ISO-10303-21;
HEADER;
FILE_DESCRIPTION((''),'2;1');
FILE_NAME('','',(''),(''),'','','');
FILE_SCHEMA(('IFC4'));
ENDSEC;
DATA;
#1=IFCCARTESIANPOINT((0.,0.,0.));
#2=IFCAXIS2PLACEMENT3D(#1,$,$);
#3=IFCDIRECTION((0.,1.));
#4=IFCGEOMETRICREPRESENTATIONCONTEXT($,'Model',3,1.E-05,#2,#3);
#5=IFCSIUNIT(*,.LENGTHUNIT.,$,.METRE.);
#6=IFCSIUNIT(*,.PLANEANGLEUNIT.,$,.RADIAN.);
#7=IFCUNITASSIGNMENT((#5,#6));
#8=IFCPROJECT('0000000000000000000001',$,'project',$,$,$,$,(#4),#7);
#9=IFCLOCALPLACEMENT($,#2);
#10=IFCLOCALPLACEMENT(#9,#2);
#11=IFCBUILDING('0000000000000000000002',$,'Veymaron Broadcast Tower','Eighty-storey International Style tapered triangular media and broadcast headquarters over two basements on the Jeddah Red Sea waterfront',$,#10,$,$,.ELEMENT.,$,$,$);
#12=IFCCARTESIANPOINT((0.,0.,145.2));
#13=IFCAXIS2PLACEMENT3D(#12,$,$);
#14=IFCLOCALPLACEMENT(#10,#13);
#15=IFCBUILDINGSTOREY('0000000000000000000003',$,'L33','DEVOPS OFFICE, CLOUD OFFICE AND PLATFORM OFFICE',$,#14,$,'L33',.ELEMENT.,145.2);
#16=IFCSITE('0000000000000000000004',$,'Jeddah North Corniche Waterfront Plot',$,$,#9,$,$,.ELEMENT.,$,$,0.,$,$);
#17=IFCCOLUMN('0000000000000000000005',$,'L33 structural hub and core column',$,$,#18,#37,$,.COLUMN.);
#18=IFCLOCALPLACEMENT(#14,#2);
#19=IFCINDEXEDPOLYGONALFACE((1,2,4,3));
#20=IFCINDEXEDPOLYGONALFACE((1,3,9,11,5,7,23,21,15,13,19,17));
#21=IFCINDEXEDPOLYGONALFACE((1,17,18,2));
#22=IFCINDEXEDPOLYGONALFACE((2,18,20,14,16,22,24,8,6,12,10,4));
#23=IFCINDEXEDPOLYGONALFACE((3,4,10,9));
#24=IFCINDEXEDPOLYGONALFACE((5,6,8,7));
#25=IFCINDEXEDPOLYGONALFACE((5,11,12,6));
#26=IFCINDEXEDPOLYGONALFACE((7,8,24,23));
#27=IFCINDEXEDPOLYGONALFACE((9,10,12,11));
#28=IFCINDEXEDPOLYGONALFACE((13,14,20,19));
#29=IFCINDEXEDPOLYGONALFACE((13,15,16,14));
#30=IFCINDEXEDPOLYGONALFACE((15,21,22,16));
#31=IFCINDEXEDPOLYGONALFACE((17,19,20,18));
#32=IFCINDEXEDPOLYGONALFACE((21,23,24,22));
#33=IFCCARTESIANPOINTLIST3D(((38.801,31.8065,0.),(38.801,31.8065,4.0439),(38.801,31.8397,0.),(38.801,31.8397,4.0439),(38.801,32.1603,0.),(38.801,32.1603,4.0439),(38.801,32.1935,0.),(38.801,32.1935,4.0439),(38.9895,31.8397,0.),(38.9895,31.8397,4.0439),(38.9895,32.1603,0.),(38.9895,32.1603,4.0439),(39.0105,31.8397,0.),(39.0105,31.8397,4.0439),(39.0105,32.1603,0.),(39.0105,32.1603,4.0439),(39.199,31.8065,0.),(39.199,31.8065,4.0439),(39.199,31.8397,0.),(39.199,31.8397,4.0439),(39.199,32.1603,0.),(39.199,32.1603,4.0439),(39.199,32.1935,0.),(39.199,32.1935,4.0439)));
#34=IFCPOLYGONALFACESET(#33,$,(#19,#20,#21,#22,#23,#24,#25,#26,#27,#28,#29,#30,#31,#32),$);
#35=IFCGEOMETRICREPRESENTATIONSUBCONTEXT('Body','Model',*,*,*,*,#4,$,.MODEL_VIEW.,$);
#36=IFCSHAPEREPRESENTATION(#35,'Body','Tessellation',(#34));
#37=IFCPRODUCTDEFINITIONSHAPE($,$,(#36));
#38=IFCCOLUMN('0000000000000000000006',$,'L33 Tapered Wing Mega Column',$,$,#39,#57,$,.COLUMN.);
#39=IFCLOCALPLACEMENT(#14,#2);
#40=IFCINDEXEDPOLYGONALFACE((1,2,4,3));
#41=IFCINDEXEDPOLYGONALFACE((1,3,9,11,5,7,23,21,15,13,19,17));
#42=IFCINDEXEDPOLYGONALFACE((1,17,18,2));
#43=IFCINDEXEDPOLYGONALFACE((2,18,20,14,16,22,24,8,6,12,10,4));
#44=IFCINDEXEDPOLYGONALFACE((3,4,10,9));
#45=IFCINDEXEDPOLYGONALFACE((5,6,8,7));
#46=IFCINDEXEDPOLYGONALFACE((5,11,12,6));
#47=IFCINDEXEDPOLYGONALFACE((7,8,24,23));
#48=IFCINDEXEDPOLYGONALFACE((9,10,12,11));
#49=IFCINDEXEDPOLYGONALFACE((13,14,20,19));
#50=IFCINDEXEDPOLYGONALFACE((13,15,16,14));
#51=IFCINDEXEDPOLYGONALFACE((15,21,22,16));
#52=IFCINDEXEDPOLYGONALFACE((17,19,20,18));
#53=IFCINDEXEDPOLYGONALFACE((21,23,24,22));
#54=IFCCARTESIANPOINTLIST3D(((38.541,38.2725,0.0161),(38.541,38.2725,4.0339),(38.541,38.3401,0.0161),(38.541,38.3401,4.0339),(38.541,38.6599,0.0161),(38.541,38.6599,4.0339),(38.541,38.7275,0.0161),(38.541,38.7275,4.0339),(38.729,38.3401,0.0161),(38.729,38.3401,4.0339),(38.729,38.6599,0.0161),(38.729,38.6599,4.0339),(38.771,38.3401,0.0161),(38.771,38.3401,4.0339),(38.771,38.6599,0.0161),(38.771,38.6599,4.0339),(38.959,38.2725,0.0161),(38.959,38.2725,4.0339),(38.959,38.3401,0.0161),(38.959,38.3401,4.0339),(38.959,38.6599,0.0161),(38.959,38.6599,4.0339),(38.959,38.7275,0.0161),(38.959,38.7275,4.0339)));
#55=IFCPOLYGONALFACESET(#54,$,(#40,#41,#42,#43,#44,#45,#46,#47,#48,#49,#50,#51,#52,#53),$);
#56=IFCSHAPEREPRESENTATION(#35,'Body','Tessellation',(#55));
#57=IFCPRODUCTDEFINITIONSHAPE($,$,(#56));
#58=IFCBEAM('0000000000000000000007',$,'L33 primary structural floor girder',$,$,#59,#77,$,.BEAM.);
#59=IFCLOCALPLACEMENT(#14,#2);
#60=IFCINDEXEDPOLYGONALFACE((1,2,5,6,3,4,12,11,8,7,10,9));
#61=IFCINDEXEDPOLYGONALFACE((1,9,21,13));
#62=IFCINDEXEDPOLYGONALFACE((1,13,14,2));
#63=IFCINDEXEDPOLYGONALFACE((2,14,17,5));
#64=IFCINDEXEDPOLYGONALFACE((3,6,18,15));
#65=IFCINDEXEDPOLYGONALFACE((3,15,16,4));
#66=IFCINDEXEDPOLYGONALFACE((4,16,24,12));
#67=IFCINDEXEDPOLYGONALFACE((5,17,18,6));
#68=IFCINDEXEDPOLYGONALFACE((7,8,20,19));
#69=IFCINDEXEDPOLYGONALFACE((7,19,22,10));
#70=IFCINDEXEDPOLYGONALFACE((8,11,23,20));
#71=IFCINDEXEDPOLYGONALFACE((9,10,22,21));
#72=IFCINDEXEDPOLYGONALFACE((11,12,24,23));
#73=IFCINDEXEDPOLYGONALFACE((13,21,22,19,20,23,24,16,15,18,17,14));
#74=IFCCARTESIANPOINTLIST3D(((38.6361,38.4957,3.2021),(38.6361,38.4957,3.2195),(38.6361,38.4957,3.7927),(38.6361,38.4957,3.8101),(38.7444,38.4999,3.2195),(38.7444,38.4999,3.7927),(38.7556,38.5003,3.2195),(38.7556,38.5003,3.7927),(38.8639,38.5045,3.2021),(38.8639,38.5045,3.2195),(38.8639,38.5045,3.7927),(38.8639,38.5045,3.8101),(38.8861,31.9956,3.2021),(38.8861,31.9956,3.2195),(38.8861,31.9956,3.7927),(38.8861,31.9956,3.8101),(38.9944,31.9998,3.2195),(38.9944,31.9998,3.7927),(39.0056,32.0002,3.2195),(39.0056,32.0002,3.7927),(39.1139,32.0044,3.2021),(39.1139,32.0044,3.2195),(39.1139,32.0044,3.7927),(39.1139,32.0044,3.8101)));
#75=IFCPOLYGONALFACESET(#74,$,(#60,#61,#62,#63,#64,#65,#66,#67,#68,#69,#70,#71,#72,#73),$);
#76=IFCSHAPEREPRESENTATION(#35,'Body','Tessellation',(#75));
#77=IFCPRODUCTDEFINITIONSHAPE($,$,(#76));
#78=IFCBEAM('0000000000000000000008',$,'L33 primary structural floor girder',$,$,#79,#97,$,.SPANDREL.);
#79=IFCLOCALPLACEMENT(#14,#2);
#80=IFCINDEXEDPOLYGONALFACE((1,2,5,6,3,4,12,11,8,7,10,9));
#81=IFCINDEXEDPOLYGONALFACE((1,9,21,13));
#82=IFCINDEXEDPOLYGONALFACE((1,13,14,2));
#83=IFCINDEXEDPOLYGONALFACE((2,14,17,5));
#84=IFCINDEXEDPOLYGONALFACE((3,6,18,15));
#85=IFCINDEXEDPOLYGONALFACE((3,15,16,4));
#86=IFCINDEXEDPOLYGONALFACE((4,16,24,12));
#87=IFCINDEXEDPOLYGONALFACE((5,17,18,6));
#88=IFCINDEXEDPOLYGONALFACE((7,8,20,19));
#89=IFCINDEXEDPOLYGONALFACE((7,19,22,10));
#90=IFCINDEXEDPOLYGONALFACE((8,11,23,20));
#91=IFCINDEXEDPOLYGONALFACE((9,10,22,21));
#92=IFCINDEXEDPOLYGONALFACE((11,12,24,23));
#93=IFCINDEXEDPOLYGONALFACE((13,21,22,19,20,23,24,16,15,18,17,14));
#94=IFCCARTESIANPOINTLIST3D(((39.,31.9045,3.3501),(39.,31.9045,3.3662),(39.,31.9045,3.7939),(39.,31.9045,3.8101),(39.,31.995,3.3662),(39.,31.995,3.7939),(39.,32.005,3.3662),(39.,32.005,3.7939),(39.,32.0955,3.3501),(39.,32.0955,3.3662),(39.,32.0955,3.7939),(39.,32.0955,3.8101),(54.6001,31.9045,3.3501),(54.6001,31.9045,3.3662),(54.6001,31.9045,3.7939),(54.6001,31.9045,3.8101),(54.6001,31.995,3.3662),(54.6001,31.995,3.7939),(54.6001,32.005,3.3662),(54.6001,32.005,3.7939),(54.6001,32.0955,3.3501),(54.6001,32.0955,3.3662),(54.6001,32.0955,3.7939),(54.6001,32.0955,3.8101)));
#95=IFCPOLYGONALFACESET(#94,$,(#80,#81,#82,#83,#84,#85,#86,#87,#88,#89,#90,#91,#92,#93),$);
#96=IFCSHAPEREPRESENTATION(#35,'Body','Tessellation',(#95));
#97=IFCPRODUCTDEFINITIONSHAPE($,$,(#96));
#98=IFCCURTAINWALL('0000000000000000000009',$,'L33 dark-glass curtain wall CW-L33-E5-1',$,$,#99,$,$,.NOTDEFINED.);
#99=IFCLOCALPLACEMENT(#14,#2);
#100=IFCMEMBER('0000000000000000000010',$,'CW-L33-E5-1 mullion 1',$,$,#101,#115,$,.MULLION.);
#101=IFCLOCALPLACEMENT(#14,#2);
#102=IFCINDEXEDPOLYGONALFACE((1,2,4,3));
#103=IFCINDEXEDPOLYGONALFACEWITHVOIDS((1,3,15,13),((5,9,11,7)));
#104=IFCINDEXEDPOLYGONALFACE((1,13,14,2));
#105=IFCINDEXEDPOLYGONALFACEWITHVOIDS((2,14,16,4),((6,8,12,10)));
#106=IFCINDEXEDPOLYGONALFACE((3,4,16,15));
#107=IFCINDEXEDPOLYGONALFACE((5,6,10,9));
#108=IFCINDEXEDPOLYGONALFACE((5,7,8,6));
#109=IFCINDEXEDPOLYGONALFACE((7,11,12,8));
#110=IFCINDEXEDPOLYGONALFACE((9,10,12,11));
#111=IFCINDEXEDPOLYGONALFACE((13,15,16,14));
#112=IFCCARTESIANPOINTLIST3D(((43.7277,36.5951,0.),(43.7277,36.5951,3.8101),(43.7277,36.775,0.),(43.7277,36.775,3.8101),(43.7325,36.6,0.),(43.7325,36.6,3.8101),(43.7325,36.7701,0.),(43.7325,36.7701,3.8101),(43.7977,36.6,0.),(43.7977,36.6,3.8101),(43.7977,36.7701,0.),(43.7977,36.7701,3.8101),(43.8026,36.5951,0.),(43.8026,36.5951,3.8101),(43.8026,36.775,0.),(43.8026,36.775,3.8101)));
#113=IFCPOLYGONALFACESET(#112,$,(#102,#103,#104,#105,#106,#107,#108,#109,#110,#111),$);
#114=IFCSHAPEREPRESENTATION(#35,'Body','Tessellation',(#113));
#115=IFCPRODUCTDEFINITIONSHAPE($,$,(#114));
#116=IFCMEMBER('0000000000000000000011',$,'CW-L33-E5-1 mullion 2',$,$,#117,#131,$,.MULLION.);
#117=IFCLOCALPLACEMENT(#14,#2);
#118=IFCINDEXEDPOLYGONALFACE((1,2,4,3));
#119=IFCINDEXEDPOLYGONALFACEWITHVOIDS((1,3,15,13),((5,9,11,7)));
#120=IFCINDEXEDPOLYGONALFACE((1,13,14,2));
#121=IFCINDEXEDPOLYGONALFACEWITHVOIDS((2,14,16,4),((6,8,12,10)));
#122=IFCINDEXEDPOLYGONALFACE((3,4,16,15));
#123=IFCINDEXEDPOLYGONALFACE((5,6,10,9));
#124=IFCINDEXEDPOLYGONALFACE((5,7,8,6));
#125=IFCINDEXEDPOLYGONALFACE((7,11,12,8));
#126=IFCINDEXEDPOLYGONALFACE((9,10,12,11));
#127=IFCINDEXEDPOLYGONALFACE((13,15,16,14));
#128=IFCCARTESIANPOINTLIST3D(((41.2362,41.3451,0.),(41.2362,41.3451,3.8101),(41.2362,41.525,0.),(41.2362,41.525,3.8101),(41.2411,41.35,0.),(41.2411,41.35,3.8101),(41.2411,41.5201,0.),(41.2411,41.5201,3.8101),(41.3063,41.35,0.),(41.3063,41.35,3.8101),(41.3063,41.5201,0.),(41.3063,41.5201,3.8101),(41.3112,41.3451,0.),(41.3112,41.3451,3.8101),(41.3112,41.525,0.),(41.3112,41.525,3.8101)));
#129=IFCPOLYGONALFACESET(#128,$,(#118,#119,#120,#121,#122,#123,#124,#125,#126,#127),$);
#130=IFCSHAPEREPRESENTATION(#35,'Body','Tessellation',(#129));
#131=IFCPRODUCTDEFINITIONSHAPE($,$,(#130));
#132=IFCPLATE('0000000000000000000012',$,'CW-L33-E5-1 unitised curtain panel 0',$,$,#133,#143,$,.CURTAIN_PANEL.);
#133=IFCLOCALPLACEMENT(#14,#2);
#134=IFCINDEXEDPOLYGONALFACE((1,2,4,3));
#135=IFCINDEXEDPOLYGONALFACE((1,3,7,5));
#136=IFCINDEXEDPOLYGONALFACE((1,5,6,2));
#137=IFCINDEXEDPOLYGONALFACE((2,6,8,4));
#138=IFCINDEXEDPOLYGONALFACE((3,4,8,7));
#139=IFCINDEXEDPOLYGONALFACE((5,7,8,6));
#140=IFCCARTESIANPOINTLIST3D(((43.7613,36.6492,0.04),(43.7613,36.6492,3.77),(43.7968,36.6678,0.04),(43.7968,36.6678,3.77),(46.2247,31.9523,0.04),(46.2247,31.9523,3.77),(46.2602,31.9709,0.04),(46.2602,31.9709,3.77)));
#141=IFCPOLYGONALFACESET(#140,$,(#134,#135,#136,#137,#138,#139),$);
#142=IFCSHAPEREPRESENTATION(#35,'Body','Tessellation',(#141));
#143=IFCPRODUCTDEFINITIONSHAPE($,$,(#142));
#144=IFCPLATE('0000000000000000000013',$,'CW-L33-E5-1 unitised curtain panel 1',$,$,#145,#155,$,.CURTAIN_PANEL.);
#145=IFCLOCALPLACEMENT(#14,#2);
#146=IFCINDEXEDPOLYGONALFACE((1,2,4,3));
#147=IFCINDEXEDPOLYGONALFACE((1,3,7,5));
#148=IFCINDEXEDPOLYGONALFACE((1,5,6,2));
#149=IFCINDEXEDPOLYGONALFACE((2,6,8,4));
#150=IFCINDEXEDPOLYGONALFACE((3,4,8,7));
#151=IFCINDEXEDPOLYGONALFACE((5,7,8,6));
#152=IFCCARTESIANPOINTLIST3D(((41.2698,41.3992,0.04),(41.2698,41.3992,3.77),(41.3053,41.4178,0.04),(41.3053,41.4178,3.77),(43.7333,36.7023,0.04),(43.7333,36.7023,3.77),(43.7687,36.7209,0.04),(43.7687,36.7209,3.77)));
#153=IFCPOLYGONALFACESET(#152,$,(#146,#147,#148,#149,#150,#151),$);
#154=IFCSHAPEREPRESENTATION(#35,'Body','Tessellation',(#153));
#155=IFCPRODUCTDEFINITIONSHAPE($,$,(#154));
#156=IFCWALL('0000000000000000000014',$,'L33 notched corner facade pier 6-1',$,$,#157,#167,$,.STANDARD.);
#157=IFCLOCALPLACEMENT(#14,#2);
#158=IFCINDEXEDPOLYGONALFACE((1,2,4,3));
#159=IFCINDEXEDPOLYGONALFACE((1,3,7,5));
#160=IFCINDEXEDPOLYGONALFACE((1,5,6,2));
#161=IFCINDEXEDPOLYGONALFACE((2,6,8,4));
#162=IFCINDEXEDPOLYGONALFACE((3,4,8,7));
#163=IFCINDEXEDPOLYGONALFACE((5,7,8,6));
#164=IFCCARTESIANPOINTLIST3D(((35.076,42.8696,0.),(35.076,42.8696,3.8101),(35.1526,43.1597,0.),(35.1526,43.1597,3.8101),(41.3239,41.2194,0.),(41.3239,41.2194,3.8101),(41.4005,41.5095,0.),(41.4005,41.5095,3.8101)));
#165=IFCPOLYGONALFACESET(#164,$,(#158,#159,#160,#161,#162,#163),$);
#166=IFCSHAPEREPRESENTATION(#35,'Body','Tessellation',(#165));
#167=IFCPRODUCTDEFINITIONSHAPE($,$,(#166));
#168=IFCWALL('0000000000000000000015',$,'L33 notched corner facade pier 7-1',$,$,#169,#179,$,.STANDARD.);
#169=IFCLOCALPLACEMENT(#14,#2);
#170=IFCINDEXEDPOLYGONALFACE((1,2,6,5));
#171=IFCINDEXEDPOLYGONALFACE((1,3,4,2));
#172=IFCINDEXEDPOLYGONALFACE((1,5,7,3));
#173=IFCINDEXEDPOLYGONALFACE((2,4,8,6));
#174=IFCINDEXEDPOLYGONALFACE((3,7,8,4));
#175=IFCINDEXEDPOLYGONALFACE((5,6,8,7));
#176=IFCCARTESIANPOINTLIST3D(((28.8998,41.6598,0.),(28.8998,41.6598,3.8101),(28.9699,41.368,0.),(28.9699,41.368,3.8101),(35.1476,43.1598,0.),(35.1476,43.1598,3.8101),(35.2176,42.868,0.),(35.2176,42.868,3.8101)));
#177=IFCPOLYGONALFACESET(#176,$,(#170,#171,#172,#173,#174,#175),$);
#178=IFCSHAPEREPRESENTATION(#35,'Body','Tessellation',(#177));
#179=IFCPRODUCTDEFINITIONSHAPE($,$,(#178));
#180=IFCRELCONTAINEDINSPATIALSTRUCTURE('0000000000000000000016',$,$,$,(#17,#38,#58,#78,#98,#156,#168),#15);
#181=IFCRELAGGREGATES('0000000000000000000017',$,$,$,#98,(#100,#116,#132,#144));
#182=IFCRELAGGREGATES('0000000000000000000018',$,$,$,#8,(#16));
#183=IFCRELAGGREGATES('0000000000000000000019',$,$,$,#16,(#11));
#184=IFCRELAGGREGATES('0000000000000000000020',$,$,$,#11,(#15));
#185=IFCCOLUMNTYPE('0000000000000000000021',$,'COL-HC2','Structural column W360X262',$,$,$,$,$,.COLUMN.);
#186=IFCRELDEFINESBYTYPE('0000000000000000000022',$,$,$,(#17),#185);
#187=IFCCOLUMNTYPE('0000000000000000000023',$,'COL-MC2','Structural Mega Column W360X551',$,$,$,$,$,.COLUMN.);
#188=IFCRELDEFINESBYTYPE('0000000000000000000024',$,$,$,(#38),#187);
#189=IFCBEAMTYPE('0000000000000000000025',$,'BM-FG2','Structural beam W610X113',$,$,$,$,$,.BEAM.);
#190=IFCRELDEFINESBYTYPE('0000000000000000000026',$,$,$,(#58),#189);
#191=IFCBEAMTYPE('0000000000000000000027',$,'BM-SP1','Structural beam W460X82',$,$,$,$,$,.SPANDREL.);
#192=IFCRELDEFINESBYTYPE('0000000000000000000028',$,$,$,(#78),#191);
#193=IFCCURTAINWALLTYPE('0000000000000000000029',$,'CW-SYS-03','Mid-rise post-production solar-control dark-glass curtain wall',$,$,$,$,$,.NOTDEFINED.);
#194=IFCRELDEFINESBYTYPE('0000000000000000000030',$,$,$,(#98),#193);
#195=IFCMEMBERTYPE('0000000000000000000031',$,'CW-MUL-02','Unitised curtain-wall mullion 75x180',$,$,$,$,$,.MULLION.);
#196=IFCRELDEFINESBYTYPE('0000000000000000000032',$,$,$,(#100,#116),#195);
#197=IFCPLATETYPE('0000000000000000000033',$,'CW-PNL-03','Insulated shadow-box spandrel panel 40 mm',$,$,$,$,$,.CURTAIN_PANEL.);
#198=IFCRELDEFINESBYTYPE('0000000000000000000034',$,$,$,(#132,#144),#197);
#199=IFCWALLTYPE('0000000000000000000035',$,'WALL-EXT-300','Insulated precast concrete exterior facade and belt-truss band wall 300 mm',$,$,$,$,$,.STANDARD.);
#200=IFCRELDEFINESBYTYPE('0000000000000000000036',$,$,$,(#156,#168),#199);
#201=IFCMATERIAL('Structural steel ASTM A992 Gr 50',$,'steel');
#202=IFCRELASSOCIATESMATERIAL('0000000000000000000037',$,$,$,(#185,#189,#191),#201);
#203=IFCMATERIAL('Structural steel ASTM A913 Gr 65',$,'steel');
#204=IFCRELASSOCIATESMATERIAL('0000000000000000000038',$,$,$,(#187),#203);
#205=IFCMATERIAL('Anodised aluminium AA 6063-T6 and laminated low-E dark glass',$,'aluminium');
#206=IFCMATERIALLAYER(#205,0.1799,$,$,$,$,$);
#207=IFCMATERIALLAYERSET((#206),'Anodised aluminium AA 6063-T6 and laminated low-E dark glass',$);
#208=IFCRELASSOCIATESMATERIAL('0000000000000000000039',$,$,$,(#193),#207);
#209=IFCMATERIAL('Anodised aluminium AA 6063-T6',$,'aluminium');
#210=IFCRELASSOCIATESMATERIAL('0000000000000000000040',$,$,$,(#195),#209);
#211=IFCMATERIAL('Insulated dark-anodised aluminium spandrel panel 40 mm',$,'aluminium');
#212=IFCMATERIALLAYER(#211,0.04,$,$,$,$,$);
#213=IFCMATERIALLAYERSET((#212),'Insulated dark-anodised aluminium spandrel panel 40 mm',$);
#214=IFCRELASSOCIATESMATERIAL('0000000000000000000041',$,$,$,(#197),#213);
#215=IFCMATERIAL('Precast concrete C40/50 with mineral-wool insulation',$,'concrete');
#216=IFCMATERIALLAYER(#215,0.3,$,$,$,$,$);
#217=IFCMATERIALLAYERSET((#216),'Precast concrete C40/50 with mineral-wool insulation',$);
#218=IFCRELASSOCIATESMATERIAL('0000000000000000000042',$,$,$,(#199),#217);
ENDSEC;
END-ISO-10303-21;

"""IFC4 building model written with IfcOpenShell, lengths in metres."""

from ifc_helpers import new_model, si_unit, direction, frame, frame_2d, origin, origin_2d, place, context, subcontext, project, spatial, rectangle, hollow_rectangle, i_section, extrude, material, layer, layer_set, material_profile, profile_set, type_object, element, aggregate, save


model = new_model("IFC4")

# Units and contexts
model_context = context("Model", 3, precision=1e-05, world=origin(), true_north=direction((0.0, 1.0)))
body_context = subcontext(model_context, "Body", "Model", "MODEL_VIEW")
ifc_project = project(units=[si_unit("LENGTHUNIT", "METRE"), si_unit("PLANEANGLEUNIT", "RADIAN")], contexts=[model_context])

# Site, building, storey
site_placement = place(None, origin())
site = spatial("IfcSite", under=ifc_project, at=site_placement, Name="Jeddah North Corniche Waterfront Plot", CompositionType="ELEMENT", RefElevation=0.0)
building_placement = place(site_placement, origin())
building = spatial("IfcBuilding", under=site, at=building_placement, Name="Veymaron Broadcast Tower", Description="Eighty-storey International Style tapered triangular media and broadcast headquarters over two basements on the Jeddah Red Sea waterfront", CompositionType="ELEMENT")
storey_placement = place(building_placement, frame((0.0, 0.0, 145.2)))
storey = spatial("IfcBuildingStorey", under=building, at=storey_placement, Name="L33", Description="DEVOPS OFFICE, CLOUD OFFICE AND PLATFORM OFFICE", LongName="L33", CompositionType="ELEMENT", Elevation=145.2)

# Columns
ifc_material_1 = material(Name="Structural steel ASTM A992 Gr 50", Category="steel")
ifc_material_profile_1 = material_profile(ifc_material_1, i_section(OverallWidth=0.3979, OverallDepth=0.387, WebThickness=0.021, FlangeThickness=0.0332, at=origin_2d()), Name="W360X262")
ifc_profile_set_1 = profile_set([ifc_material_profile_1], Name="Structural steel ASTM A992 Gr 50")
column_type_1 = type_object("IfcColumnType", Name="COL-HC2", Description="Structural column W360X262", PredefinedType="COLUMN", material=ifc_profile_set_1)
column_1_placement = place(storey_placement, frame((39.0, 32.0, 0.0), z_axis=(0.0, 0.0, 1.0), x_axis=(1.0, 0.0, 0.0)))
element("IfcColumn", 1, at=column_1_placement, inside=storey, type_object=column_type_1, Name="L33 structural hub and core column", PredefinedType="COLUMN", context=body_context, shape_type="SweptSolid", body=[
    extrude(i_section(OverallWidth=0.3979, OverallDepth=0.387, WebThickness=0.021, FlangeThickness=0.0332, at=origin_2d()), origin(), (0.0, 0.0, 1.0), 4.0439),
])
ifc_material_2 = material(Name="Structural steel ASTM A913 Gr 65", Category="steel")
ifc_material_profile_2 = material_profile(ifc_material_2, i_section(OverallWidth=0.418, OverallDepth=0.4551, WebThickness=0.042, FlangeThickness=0.0676, at=origin_2d()), Name="W360X551")
ifc_profile_set_2 = profile_set([ifc_material_profile_2], Name="Structural steel ASTM A913 Gr 65")
column_type_2 = type_object("IfcColumnType", Name="COL-MC2", Description="Structural Mega Column W360X551", PredefinedType="COLUMN", material=ifc_profile_set_2)
column_2_placement = place(storey_placement, frame((38.75, 38.5, 0.0161), z_axis=(0.0, 0.0, 1.0), x_axis=(1.0, 0.0, 0.0)))
element("IfcColumn", 2, at=column_2_placement, inside=storey, type_object=column_type_2, Name="L33 Tapered Wing Mega Column", PredefinedType="COLUMN", context=body_context, shape_type="SweptSolid", body=[
    extrude(i_section(OverallWidth=0.418, OverallDepth=0.4551, WebThickness=0.042, FlangeThickness=0.0676, at=origin_2d()), origin(), (0.0, 0.0, 1.0), 4.0178),
])

# Beams
ifc_material_profile_3 = material_profile(ifc_material_1, i_section(OverallWidth=0.228, OverallDepth=0.6079, WebThickness=0.0112, FlangeThickness=0.0173, at=origin_2d()), Name="W610X113")
ifc_profile_set_3 = profile_set([ifc_material_profile_3], Name="Structural steel ASTM A992 Gr 50")
beam_type_1 = type_object("IfcBeamType", Name="BM-FG2", Description="Structural beam W610X113", PredefinedType="BEAM", material=ifc_profile_set_3)
beam_1_placement = place(storey_placement, frame((39.0, 32.0, 3.5061), z_axis=(-0.038433, 0.999261, 0.0), x_axis=(-0.999261, -0.038433, 0.0)))
element("IfcBeam", 3, at=beam_1_placement, inside=storey, type_object=beam_type_1, Name="L33 primary structural floor girder", PredefinedType="BEAM", context=body_context, shape_type="SweptSolid", body=[
    extrude(i_section(OverallWidth=0.228, OverallDepth=0.6079, WebThickness=0.0112, FlangeThickness=0.0173, at=origin_2d()), origin(), (0.0, 0.0, 1.0), 6.5049),
])
ifc_material_profile_4 = material_profile(ifc_material_1, i_section(OverallWidth=0.1909, OverallDepth=0.46, WebThickness=0.01, FlangeThickness=0.0161, at=origin_2d()), Name="W460X82")
ifc_profile_set_4 = profile_set([ifc_material_profile_4], Name="Structural steel ASTM A992 Gr 50")
beam_type_2 = type_object("IfcBeamType", Name="BM-SP1", Description="Structural beam W460X82", PredefinedType="SPANDREL", material=ifc_profile_set_4)
beam_2_placement = place(storey_placement, frame((39.0, 32.0, 3.5801), z_axis=(1.0, 0.0, 0.0), x_axis=(0.0, 1.0, 0.0)))
element("IfcBeam", 4, at=beam_2_placement, inside=storey, type_object=beam_type_2, Name="L33 primary structural floor girder", PredefinedType="SPANDREL", context=body_context, shape_type="SweptSolid", body=[
    extrude(i_section(OverallWidth=0.1909, OverallDepth=0.46, WebThickness=0.01, FlangeThickness=0.0161, at=origin_2d()), origin(), (0.0, 0.0, 1.0), 15.6001),
])

# Curtain wall, members, plates
ifc_material_3 = material(Name="Anodised aluminium AA 6063-T6 and laminated low-E dark glass", Category="aluminium")
ifc_layer_1 = layer(ifc_material_3, 0.1799)
ifc_layer_set_1 = layer_set([ifc_layer_1], Name="Anodised aluminium AA 6063-T6 and laminated low-E dark glass")
curtain_wall_type = type_object("IfcCurtainWallType", Name="CW-SYS-03", Description="Mid-rise post-production solar-control dark-glass curtain wall", PredefinedType="NOTDEFINED", material=ifc_layer_set_1)
curtain_wall_placement = place(storey_placement, origin())
curtain_wall = element("IfcCurtainWall", 5, at=curtain_wall_placement, inside=storey, type_object=curtain_wall_type, Name="L33 dark-glass curtain wall CW-L33-E5-1", PredefinedType="NOTDEFINED")
ifc_material_4 = material(Name="Anodised aluminium AA 6063-T6", Category="aluminium")
ifc_material_profile_5 = material_profile(ifc_material_4, hollow_rectangle(XDim=0.075, YDim=0.1799, WallThickness=0.0049, at=origin_2d()), Name="AL180X75X5")
ifc_profile_set_5 = profile_set([ifc_material_profile_5], Name="Anodised aluminium AA 6063-T6")
member_type = type_object("IfcMemberType", Name="CW-MUL-02", Description="Unitised curtain-wall mullion 75x180", PredefinedType="MULLION", material=ifc_profile_set_5)
member_1_placement = place(storey_placement, frame((43.7651, 36.6851, 0.0), z_axis=(0.0, 0.0, 1.0), x_axis=(1.0, 0.0, 0.0)))
member_1 = element("IfcMember", 6, at=member_1_placement, type_object=member_type, Name="CW-L33-E5-1 mullion 1", PredefinedType="MULLION", context=body_context, shape_type="SweptSolid", body=[
    extrude(hollow_rectangle(XDim=0.075, YDim=0.1799, WallThickness=0.0049, at=origin_2d()), origin(), (0.0, 0.0, 1.0), 3.8101),
])
member_2_placement = place(storey_placement, frame((41.2737, 41.4351, 0.0), z_axis=(0.0, 0.0, 1.0), x_axis=(1.0, 0.0, 0.0)))
member_2 = element("IfcMember", 7, at=member_2_placement, type_object=member_type, Name="CW-L33-E5-1 mullion 2", PredefinedType="MULLION", context=body_context, shape_type="SweptSolid", body=[
    extrude(hollow_rectangle(XDim=0.075, YDim=0.1799, WallThickness=0.0049, at=origin_2d()), origin(), (0.0, 0.0, 1.0), 3.8101),
])
ifc_material_5 = material(Name="Insulated dark-anodised aluminium spandrel panel 40 mm", Category="aluminium")
ifc_layer_2 = layer(ifc_material_5, 0.04)
ifc_layer_set_2 = layer_set([ifc_layer_2], Name="Insulated dark-anodised aluminium spandrel panel 40 mm")
plate_type = type_object("IfcPlateType", Name="CW-PNL-03", Description="Insulated shadow-box spandrel panel 40 mm", PredefinedType="CURTAIN_PANEL", material=ifc_layer_set_2)
plate_1_placement = place(storey_placement, frame((45.0107, 34.3101, 0.04), z_axis=(0.0, 0.0, 1.0), x_axis=(-0.464471, 0.885588, 0.0)))
plate_1 = element("IfcPlate", 8, at=plate_1_placement, type_object=plate_type, Name="CW-L33-E5-1 unitised curtain panel 0", PredefinedType="CURTAIN_PANEL", context=body_context, shape_type="SweptSolid", body=[
    extrude(rectangle(XDim=5.3037, YDim=0.04, at=origin_2d()), origin(), (0.0, 0.0, 1.0), 3.73),
])
plate_2_placement = place(storey_placement, frame((42.5193, 39.0601, 0.04), z_axis=(0.0, 0.0, 1.0), x_axis=(-0.464471, 0.885588, 0.0)))
plate_2 = element("IfcPlate", 9, at=plate_2_placement, type_object=plate_type, Name="CW-L33-E5-1 unitised curtain panel 1", PredefinedType="CURTAIN_PANEL", context=body_context, shape_type="SweptSolid", body=[
    extrude(rectangle(XDim=5.3037, YDim=0.04, at=origin_2d()), origin(), (0.0, 0.0, 1.0), 3.73),
])
aggregate(curtain_wall, [member_1, member_2, plate_1, plate_2])

# Walls
ifc_material_6 = material(Name="Precast concrete C40/50 with mineral-wool insulation", Category="concrete")
ifc_layer_3 = layer(ifc_material_6, 0.3)
ifc_layer_set_3 = layer_set([ifc_layer_3], Name="Precast concrete C40/50 with mineral-wool insulation")
wall_type_1 = type_object("IfcWallType", Name="WALL-EXT-300", Description="Insulated precast concrete exterior facade and belt-truss band wall 300 mm", PredefinedType="STANDARD", material=ifc_layer_set_3)
wall_1_placement = place(storey_placement, frame((41.3621, 41.3645, 0.0), z_axis=(0.0, 0.0, 1.0), x_axis=(-0.966846, 0.25536, 0.0)))
element("IfcWall", 10, at=wall_1_placement, inside=storey, type_object=wall_type_1, Name="L33 notched corner facade pier 6-1", PredefinedType="STANDARD", context=body_context, shape_type="SweptSolid", body=[
    extrude(rectangle(XDim=6.4622, YDim=0.3, at=frame_2d((3.231, 0.0))), origin(), (0.0, 0.0, 1.0), 3.8101),
])
wall_2_placement = place(storey_placement, frame((35.1826, 43.0139, 0.0), z_axis=(0.0, 0.0, 1.0), x_axis=(-0.972369, -0.233451, 0.0)))
element("IfcWall", 11, at=wall_2_placement, inside=storey, type_object=wall_type_1, Name="L33 notched corner facade pier 7-1", PredefinedType="STANDARD", context=body_context, shape_type="SweptSolid", body=[
    extrude(rectangle(XDim=6.4253, YDim=0.3, at=frame_2d((3.2126, 0.0))), origin(), (0.0, 0.0, 1.0), 3.8101),
])

save(model, "model.ifc")
